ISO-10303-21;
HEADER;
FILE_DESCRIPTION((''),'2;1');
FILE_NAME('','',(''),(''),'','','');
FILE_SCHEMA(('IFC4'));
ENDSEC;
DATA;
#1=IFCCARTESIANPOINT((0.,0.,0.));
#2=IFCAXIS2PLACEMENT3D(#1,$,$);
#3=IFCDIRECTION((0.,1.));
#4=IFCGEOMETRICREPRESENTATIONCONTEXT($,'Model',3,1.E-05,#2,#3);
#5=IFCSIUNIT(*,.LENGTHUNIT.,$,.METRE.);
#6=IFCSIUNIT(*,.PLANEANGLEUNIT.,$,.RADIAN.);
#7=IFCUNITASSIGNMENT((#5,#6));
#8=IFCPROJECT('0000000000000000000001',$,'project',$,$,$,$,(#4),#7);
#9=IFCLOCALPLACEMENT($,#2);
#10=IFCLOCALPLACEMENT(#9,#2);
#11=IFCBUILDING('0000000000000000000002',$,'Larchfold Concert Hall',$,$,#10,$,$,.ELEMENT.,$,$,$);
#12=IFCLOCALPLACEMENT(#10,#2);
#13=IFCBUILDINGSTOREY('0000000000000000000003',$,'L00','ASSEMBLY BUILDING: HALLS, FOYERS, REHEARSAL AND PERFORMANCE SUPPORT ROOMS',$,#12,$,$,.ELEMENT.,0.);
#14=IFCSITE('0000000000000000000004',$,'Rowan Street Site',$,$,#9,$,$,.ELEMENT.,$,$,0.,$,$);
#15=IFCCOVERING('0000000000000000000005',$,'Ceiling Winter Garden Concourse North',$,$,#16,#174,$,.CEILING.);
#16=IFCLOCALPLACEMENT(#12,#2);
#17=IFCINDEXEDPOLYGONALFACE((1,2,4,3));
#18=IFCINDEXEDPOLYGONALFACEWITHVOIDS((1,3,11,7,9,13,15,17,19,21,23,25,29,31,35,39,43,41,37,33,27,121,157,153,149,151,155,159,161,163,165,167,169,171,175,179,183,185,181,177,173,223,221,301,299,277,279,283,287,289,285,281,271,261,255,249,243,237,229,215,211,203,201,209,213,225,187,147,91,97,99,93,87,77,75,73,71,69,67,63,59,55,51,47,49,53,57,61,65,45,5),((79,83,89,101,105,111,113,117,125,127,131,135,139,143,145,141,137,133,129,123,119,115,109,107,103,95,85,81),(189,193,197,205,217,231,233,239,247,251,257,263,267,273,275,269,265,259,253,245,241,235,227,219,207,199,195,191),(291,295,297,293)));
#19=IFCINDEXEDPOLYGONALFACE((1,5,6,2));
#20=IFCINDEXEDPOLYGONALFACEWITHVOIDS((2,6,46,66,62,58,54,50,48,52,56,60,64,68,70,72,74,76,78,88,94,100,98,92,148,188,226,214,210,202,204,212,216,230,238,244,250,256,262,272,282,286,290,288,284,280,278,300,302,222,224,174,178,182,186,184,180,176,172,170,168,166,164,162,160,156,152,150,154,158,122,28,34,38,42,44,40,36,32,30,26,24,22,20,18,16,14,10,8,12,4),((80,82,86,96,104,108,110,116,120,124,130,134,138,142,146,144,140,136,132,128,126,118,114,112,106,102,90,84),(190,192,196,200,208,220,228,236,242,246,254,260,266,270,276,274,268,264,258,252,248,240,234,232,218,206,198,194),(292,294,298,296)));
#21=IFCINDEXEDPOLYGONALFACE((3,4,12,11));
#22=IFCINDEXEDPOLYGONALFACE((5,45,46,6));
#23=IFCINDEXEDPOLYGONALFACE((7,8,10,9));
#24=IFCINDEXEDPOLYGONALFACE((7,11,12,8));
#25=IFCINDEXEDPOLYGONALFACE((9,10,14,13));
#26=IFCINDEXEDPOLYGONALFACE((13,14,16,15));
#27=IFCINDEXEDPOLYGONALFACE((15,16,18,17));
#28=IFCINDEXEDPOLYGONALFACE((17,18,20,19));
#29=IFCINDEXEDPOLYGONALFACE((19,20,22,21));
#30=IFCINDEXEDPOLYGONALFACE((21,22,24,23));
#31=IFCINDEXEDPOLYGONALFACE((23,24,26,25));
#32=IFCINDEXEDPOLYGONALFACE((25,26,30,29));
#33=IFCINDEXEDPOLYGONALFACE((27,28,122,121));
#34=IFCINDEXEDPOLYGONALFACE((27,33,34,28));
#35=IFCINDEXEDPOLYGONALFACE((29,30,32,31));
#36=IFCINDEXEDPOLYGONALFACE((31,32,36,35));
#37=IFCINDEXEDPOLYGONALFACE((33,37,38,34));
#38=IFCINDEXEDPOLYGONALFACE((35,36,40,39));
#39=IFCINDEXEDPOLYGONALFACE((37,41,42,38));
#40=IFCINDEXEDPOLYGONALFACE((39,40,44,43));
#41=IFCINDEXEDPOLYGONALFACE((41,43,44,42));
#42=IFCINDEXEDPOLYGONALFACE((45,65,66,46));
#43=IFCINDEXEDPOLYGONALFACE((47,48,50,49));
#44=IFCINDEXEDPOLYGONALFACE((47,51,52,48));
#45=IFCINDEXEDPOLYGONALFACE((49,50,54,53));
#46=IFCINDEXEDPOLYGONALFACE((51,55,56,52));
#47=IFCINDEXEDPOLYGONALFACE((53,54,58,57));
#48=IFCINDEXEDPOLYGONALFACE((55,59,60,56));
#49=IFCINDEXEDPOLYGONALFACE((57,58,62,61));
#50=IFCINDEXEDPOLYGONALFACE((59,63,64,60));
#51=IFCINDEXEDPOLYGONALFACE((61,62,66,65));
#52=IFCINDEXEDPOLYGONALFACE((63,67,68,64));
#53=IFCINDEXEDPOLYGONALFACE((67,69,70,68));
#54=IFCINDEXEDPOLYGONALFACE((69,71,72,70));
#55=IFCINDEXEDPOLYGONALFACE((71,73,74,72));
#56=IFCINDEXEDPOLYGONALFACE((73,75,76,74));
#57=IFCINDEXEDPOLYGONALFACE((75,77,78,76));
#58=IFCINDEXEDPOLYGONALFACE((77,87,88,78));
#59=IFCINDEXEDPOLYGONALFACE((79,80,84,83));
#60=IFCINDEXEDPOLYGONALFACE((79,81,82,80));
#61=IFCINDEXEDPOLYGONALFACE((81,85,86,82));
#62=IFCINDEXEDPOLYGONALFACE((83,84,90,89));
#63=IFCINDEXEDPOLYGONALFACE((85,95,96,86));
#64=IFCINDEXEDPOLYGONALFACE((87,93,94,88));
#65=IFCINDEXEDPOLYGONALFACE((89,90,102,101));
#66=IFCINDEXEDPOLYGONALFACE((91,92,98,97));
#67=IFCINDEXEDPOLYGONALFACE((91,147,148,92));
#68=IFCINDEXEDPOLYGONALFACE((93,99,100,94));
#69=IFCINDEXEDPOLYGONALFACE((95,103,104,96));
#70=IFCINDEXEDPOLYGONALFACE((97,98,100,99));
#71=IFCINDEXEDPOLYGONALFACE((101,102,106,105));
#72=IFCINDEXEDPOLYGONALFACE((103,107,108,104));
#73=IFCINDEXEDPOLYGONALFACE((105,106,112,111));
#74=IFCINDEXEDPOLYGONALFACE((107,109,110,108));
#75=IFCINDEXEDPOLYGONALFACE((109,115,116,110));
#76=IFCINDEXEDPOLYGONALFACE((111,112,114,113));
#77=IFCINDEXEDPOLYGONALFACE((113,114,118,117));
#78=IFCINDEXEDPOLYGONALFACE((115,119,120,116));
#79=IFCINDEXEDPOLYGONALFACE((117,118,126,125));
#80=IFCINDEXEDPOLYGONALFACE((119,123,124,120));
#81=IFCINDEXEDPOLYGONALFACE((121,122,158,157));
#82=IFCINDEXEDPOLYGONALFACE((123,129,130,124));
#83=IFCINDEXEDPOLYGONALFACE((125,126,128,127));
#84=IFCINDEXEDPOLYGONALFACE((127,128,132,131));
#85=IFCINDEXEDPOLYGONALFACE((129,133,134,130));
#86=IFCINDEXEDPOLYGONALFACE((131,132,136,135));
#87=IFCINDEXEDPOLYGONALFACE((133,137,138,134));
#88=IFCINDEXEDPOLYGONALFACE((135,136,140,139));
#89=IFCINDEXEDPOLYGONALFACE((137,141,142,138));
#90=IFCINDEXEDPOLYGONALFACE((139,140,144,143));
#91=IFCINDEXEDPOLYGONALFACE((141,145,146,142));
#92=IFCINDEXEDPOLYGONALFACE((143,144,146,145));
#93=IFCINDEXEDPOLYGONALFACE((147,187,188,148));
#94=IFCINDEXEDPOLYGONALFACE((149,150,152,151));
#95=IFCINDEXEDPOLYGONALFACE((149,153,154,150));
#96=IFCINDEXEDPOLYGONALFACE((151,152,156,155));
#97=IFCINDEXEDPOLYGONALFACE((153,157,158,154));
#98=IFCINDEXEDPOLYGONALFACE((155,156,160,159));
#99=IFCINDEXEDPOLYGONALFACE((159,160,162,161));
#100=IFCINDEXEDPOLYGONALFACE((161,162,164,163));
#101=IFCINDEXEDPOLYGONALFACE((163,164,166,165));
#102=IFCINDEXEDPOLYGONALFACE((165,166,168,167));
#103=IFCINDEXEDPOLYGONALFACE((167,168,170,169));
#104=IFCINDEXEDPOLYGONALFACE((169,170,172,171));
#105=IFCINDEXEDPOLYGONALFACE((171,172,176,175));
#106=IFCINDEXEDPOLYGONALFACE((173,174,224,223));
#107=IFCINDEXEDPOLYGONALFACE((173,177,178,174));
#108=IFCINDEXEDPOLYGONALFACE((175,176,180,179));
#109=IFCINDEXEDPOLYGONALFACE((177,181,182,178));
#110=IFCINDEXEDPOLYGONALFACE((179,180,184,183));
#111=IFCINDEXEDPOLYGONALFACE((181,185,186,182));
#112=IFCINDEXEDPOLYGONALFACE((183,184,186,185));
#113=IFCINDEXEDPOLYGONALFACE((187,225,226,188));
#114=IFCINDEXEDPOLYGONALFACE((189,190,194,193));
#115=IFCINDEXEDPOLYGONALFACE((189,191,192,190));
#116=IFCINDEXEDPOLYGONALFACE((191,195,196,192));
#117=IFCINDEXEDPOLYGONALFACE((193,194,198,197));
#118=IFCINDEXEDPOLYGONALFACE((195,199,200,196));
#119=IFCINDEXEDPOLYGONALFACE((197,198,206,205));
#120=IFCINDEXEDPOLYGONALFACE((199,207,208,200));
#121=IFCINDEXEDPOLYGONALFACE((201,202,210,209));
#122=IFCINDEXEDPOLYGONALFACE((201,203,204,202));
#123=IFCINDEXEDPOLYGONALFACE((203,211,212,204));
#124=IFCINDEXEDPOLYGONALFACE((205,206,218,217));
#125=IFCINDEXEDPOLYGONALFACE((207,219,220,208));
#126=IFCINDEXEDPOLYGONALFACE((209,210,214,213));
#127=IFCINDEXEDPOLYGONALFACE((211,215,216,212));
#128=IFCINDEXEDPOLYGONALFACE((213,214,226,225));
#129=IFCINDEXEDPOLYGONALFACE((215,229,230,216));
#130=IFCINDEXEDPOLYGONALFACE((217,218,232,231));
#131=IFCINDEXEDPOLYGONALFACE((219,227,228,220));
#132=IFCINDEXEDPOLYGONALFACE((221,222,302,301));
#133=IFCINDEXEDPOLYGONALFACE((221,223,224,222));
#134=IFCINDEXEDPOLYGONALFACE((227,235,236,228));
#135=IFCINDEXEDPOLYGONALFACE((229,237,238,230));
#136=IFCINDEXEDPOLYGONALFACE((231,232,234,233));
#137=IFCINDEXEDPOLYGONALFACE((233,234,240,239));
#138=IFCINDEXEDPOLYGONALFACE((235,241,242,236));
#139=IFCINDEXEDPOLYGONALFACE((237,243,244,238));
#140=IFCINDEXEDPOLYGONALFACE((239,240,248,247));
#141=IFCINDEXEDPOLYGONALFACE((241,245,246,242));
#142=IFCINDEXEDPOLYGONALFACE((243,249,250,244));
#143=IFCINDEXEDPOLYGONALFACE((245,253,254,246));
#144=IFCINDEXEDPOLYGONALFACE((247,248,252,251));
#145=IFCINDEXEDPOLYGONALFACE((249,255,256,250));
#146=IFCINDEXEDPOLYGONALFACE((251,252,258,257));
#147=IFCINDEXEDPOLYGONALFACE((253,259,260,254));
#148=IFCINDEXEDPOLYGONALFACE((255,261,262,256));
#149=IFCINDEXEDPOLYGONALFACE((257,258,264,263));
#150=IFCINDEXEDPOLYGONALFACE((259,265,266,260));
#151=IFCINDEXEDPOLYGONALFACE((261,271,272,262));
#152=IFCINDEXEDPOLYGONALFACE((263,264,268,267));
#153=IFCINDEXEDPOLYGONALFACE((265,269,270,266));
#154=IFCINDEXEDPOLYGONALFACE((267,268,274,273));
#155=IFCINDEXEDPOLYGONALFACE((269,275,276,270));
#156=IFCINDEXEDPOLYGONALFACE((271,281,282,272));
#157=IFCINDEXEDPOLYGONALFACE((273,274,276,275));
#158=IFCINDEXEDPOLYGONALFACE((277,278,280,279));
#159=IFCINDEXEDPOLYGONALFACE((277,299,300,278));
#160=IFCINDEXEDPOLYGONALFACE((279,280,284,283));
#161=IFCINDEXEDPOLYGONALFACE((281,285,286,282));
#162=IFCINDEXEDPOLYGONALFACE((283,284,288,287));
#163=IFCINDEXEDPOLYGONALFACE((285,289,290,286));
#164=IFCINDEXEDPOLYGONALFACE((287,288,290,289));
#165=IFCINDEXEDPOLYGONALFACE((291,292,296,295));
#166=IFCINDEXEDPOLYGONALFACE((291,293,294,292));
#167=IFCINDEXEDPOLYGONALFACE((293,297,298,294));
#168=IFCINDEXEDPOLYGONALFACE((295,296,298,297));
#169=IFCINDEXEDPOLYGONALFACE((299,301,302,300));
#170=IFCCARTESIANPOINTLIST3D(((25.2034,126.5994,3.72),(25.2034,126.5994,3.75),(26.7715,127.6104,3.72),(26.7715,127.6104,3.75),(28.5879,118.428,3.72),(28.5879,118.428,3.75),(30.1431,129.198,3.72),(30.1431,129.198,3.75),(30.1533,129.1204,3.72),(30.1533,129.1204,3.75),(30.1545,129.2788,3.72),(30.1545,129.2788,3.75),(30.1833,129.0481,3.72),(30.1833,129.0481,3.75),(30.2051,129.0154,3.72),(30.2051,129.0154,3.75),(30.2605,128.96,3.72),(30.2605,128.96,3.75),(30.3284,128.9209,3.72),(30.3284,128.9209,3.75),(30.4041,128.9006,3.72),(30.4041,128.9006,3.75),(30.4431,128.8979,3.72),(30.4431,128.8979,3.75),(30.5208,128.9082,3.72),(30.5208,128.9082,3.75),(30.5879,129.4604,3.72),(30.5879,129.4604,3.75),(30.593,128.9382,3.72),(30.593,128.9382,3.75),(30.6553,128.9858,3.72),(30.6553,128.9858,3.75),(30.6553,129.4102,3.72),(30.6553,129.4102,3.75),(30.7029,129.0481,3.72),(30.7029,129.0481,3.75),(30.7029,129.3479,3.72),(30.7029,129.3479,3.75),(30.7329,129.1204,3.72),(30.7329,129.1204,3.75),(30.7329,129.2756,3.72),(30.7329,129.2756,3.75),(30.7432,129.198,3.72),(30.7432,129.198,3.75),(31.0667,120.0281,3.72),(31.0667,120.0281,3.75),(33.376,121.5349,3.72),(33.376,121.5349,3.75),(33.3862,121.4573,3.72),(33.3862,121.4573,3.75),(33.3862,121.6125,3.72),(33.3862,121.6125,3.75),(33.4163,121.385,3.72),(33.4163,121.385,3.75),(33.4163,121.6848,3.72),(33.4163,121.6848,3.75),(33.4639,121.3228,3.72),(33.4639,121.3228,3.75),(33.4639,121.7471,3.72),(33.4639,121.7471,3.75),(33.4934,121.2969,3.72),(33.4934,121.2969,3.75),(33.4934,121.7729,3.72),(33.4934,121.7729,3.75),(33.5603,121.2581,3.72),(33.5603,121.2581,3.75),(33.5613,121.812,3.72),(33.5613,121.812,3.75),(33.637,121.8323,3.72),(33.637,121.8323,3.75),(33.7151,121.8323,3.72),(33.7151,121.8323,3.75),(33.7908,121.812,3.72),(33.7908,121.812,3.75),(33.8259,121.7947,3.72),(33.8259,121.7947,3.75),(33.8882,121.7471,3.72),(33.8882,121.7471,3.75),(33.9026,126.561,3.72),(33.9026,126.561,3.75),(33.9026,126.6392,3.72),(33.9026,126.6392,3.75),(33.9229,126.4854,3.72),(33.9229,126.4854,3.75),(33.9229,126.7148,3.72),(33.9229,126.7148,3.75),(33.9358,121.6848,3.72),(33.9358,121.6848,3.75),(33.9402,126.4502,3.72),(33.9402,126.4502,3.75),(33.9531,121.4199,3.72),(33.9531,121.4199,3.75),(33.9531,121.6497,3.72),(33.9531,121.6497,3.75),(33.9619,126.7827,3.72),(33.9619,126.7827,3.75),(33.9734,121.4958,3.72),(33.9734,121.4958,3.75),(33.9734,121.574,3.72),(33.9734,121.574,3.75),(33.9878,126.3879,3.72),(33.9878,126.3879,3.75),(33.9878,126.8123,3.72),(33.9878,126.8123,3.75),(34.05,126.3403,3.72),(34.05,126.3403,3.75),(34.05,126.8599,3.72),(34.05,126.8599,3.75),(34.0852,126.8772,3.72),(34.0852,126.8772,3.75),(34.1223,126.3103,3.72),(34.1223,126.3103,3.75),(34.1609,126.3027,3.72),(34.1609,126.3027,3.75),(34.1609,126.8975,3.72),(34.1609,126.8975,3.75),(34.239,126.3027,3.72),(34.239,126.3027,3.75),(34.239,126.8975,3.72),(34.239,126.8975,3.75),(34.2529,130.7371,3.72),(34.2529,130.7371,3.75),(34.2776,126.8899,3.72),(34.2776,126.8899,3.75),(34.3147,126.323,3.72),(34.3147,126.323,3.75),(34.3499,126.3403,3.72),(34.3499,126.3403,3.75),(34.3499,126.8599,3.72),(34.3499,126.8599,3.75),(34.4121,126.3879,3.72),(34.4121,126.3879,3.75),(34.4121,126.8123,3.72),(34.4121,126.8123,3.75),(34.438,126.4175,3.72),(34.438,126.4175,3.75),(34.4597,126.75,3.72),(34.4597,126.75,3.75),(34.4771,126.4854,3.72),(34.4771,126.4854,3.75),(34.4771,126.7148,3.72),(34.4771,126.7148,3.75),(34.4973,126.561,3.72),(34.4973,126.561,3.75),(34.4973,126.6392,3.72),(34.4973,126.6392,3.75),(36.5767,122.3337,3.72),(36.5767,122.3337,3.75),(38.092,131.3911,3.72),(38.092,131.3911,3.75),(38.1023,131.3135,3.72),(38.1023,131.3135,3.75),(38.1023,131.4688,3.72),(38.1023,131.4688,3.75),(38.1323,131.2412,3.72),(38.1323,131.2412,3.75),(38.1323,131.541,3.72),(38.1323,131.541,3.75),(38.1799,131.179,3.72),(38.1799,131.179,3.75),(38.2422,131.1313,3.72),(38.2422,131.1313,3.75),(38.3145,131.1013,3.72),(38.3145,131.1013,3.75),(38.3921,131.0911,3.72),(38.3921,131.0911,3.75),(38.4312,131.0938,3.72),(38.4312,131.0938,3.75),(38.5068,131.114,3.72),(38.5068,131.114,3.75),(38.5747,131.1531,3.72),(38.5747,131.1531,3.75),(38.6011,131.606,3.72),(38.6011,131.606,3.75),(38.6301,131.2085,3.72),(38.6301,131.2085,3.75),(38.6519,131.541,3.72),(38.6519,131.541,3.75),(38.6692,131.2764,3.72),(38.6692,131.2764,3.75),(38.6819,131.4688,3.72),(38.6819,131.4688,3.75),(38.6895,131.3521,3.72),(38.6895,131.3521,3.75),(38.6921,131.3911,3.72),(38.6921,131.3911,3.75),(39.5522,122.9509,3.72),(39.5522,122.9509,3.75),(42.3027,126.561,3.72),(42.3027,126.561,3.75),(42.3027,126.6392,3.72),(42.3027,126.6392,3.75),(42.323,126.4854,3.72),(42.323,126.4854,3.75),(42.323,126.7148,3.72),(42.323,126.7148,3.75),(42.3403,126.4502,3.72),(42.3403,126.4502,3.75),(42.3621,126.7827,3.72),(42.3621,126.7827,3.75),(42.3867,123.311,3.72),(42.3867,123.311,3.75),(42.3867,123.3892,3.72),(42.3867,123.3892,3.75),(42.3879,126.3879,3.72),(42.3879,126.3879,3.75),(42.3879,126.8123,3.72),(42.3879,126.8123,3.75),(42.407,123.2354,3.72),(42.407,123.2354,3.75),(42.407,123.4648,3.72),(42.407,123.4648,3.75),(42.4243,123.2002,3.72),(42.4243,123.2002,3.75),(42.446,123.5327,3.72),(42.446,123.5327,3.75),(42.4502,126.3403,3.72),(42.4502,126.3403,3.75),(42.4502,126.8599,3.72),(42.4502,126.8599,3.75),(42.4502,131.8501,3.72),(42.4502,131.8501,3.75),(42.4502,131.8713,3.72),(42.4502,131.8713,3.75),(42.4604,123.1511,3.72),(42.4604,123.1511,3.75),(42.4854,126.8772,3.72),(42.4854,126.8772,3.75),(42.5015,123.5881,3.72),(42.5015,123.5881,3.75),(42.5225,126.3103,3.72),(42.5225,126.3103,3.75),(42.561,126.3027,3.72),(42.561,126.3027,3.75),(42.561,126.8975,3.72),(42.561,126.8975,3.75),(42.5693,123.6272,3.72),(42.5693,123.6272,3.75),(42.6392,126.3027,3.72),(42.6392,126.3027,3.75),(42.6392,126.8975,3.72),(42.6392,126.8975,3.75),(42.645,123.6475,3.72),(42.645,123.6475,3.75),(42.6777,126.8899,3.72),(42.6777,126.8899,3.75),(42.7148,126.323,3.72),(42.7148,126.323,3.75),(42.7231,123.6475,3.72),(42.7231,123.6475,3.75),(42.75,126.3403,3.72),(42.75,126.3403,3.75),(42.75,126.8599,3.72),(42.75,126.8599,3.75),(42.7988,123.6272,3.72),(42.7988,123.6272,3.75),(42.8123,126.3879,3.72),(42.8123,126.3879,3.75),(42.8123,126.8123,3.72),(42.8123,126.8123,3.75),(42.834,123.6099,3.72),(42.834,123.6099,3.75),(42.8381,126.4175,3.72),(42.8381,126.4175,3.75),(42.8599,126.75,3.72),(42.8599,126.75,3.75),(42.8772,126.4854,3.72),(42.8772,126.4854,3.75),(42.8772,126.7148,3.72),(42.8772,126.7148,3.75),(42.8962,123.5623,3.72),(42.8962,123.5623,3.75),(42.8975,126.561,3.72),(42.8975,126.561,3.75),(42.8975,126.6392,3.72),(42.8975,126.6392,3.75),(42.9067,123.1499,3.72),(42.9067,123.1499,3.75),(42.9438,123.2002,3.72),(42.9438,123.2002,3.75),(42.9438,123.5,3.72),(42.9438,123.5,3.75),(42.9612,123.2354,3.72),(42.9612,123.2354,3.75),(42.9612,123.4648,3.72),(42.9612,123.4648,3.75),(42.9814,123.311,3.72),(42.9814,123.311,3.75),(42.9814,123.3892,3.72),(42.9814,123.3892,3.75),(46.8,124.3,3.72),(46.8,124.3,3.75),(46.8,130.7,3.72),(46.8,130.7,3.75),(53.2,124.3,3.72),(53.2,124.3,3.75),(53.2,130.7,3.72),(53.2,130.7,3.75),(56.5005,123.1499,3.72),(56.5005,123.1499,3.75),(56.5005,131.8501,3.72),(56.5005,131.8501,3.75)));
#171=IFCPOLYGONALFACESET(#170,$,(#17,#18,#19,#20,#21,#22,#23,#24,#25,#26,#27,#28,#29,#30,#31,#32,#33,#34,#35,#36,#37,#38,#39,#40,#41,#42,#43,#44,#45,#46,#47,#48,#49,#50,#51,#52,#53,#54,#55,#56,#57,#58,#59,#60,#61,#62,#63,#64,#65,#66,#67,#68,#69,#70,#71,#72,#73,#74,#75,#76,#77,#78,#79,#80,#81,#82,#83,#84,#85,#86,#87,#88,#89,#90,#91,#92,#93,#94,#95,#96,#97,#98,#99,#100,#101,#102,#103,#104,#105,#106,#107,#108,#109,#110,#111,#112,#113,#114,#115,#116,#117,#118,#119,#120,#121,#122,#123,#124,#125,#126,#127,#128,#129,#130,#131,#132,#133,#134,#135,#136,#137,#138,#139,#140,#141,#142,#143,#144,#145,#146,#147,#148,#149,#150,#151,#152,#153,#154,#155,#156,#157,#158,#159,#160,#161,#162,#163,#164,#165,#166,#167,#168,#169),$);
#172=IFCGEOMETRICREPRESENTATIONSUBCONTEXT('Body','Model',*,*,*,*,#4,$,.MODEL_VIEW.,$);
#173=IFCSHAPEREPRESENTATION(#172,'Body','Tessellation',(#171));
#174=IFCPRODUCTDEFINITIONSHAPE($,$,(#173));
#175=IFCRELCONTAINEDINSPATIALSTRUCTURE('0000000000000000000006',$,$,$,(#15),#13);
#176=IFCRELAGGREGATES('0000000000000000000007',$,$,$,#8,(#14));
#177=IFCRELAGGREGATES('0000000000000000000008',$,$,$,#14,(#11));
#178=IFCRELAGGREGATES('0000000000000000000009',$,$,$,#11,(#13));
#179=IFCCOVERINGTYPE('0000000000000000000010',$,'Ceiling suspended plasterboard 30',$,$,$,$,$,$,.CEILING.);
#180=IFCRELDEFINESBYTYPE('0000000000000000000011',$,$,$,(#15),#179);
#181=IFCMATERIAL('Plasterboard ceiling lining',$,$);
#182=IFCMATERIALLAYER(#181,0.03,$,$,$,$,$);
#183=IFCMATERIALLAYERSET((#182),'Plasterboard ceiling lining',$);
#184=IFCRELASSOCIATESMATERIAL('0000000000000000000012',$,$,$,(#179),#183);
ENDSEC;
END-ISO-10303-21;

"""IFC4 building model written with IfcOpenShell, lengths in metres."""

from ifc_helpers import new_model, si_unit, direction, frame, origin, place, context, subcontext, project, spatial, polyline, outline, extrude, material, layer, layer_set, type_object, element, save


model = new_model("IFC4")

# Units and contexts
model_context = context("Model", 3, precision=1e-05, world=origin(), true_north=direction((0.0, 1.0)))
body_context = subcontext(model_context, "Body", "Model", "MODEL_VIEW")
ifc_project = project(units=[si_unit("LENGTHUNIT", "METRE"), si_unit("PLANEANGLEUNIT", "RADIAN")], contexts=[model_context])

# Site, building, storey
site_placement = place(None, origin())
site = spatial("IfcSite", under=ifc_project, at=site_placement, Name="Rowan Street Site", CompositionType="ELEMENT", RefElevation=0.0)
building_placement = place(site_placement, origin())
building = spatial("IfcBuilding", under=site, at=building_placement, Name="Larchfold Concert Hall", CompositionType="ELEMENT")
storey_placement = place(building_placement, origin())
storey = spatial("IfcBuildingStorey", under=building, at=storey_placement, Name="L00", Description="ASSEMBLY BUILDING: HALLS, FOYERS, REHEARSAL AND PERFORMANCE SUPPORT ROOMS", CompositionType="ELEMENT", Elevation=0.0)

# Covering
ifc_material_1 = material(Name="Plasterboard ceiling lining")
ifc_layer_1 = layer(ifc_material_1, 0.03)
ifc_layer_set_1 = layer_set([ifc_layer_1], Name="Plasterboard ceiling lining")
covering_type_1 = type_object("IfcCoveringType", Name="Ceiling suspended plasterboard 30", PredefinedType="CEILING", material=ifc_layer_set_1)
covering_1_placement = place(storey_placement, frame((0.0, 0.0, 3.72)))
element("IfcCovering", 1, at=covering_1_placement, inside=storey, type_object=covering_type_1, Name="Ceiling Winter Garden Concourse North", PredefinedType="CEILING", context=body_context, shape_type="SweptSolid", body=[
    extrude(outline(polyline([(38.1323, 131.541), (34.2529, 130.7371), (30.5879, 129.4604), (30.6553, 129.4102), (30.7029, 129.3479), (30.7329, 129.2756), (30.7432, 129.198), (30.7329, 129.1204), (30.7029, 129.0481), (30.6553, 128.9858), (30.593, 128.9382), (30.5208, 128.9082), (30.4431, 128.8979), (30.4041, 128.9006), (30.3284, 128.9209), (30.2605, 128.96), (30.2051, 129.0154), (30.1833, 129.0481), (30.1533, 129.1204), (30.1431, 129.198), (30.1545, 129.2788), (26.7715, 127.6104), (25.2034, 126.5994), (28.5879, 118.428), (31.0667, 120.0281), (33.5603, 121.2581), (33.4934, 121.2969), (33.4639, 121.3228), (33.4163, 121.385), (33.3862, 121.4573), (33.376, 121.5349), (33.3862, 121.6125), (33.4163, 121.6848), (33.4639, 121.7471), (33.4934, 121.7729), (33.5613, 121.812), (33.637, 121.8323), (33.7151, 121.8323), (33.7908, 121.812), (33.8259, 121.7947), (33.8882, 121.7471), (33.9358, 121.6848), (33.9531, 121.6497), (33.9734, 121.574), (33.9734, 121.4958), (33.9531, 121.4199), (36.5767, 122.3337), (39.5522, 122.9509), (42.4604, 123.1511), (42.4243, 123.2002), (42.407, 123.2354), (42.3867, 123.311), (42.3867, 123.3892), (42.407, 123.4648), (42.446, 123.5327), (42.5015, 123.5881), (42.5693, 123.6272), (42.645, 123.6475), (42.7231, 123.6475), (42.7988, 123.6272), (42.834, 123.6099), (42.8962, 123.5623), (42.9438, 123.5), (42.9612, 123.4648), (42.9814, 123.3892), (42.9814, 123.311), (42.9612, 123.2354), (42.9438, 123.2002), (42.9067, 123.1499), (56.5005, 123.1499), (56.5005, 131.8501), (42.4502, 131.8501), (42.4502, 131.8713), (38.6011, 131.606), (38.6519, 131.541), (38.6819, 131.4688), (38.6921, 131.3911), (38.6895, 131.3521), (38.6692, 131.2764), (38.6301, 131.2085), (38.5747, 131.1531), (38.5068, 131.114), (38.4312, 131.0938), (38.3921, 131.0911), (38.3145, 131.1013), (38.2422, 131.1313), (38.1799, 131.179), (38.1323, 131.2412), (38.1023, 131.3135), (38.092, 131.3911), (38.1023, 131.4688), (38.1323, 131.541)]), holes=[polyline([(46.8, 124.3), (46.8, 130.7), (53.2, 130.7), (53.2, 124.3), (46.8, 124.3)]), polyline([(42.3879, 126.3879), (42.3403, 126.4502), (42.323, 126.4854), (42.3027, 126.561), (42.3027, 126.6392), (42.323, 126.7148), (42.3621, 126.7827), (42.3879, 126.8123), (42.4502, 126.8599), (42.4854, 126.8772), (42.561, 126.8975), (42.6392, 126.8975), (42.6777, 126.8899), (42.75, 126.8599), (42.8123, 126.8123), (42.8599, 126.75), (42.8772, 126.7148), (42.8975, 126.6392), (42.8975, 126.561), (42.8772, 126.4854), (42.8381, 126.4175), (42.8123, 126.3879), (42.75, 126.3403), (42.7148, 126.323), (42.6392, 126.3027), (42.561, 126.3027), (42.5225, 126.3103), (42.4502, 126.3403), (42.3879, 126.3879)]), polyline([(33.9878, 126.3879), (33.9402, 126.4502), (33.9229, 126.4854), (33.9026, 126.561), (33.9026, 126.6392), (33.9229, 126.7148), (33.9619, 126.7827), (33.9878, 126.8123), (34.05, 126.8599), (34.0852, 126.8772), (34.1609, 126.8975), (34.239, 126.8975), (34.2776, 126.8899), (34.3499, 126.8599), (34.4121, 126.8123), (34.4597, 126.75), (34.4771, 126.7148), (34.4973, 126.6392), (34.4973, 126.561), (34.4771, 126.4854), (34.438, 126.4175), (34.4121, 126.3879), (34.3499, 126.3403), (34.3147, 126.323), (34.239, 126.3027), (34.1609, 126.3027), (34.1223, 126.3103), (34.05, 126.3403), (33.9878, 126.3879)])]), origin(), (0.0, 0.0, 1.0), 0.03),
])

save(model, "model.ifc")
